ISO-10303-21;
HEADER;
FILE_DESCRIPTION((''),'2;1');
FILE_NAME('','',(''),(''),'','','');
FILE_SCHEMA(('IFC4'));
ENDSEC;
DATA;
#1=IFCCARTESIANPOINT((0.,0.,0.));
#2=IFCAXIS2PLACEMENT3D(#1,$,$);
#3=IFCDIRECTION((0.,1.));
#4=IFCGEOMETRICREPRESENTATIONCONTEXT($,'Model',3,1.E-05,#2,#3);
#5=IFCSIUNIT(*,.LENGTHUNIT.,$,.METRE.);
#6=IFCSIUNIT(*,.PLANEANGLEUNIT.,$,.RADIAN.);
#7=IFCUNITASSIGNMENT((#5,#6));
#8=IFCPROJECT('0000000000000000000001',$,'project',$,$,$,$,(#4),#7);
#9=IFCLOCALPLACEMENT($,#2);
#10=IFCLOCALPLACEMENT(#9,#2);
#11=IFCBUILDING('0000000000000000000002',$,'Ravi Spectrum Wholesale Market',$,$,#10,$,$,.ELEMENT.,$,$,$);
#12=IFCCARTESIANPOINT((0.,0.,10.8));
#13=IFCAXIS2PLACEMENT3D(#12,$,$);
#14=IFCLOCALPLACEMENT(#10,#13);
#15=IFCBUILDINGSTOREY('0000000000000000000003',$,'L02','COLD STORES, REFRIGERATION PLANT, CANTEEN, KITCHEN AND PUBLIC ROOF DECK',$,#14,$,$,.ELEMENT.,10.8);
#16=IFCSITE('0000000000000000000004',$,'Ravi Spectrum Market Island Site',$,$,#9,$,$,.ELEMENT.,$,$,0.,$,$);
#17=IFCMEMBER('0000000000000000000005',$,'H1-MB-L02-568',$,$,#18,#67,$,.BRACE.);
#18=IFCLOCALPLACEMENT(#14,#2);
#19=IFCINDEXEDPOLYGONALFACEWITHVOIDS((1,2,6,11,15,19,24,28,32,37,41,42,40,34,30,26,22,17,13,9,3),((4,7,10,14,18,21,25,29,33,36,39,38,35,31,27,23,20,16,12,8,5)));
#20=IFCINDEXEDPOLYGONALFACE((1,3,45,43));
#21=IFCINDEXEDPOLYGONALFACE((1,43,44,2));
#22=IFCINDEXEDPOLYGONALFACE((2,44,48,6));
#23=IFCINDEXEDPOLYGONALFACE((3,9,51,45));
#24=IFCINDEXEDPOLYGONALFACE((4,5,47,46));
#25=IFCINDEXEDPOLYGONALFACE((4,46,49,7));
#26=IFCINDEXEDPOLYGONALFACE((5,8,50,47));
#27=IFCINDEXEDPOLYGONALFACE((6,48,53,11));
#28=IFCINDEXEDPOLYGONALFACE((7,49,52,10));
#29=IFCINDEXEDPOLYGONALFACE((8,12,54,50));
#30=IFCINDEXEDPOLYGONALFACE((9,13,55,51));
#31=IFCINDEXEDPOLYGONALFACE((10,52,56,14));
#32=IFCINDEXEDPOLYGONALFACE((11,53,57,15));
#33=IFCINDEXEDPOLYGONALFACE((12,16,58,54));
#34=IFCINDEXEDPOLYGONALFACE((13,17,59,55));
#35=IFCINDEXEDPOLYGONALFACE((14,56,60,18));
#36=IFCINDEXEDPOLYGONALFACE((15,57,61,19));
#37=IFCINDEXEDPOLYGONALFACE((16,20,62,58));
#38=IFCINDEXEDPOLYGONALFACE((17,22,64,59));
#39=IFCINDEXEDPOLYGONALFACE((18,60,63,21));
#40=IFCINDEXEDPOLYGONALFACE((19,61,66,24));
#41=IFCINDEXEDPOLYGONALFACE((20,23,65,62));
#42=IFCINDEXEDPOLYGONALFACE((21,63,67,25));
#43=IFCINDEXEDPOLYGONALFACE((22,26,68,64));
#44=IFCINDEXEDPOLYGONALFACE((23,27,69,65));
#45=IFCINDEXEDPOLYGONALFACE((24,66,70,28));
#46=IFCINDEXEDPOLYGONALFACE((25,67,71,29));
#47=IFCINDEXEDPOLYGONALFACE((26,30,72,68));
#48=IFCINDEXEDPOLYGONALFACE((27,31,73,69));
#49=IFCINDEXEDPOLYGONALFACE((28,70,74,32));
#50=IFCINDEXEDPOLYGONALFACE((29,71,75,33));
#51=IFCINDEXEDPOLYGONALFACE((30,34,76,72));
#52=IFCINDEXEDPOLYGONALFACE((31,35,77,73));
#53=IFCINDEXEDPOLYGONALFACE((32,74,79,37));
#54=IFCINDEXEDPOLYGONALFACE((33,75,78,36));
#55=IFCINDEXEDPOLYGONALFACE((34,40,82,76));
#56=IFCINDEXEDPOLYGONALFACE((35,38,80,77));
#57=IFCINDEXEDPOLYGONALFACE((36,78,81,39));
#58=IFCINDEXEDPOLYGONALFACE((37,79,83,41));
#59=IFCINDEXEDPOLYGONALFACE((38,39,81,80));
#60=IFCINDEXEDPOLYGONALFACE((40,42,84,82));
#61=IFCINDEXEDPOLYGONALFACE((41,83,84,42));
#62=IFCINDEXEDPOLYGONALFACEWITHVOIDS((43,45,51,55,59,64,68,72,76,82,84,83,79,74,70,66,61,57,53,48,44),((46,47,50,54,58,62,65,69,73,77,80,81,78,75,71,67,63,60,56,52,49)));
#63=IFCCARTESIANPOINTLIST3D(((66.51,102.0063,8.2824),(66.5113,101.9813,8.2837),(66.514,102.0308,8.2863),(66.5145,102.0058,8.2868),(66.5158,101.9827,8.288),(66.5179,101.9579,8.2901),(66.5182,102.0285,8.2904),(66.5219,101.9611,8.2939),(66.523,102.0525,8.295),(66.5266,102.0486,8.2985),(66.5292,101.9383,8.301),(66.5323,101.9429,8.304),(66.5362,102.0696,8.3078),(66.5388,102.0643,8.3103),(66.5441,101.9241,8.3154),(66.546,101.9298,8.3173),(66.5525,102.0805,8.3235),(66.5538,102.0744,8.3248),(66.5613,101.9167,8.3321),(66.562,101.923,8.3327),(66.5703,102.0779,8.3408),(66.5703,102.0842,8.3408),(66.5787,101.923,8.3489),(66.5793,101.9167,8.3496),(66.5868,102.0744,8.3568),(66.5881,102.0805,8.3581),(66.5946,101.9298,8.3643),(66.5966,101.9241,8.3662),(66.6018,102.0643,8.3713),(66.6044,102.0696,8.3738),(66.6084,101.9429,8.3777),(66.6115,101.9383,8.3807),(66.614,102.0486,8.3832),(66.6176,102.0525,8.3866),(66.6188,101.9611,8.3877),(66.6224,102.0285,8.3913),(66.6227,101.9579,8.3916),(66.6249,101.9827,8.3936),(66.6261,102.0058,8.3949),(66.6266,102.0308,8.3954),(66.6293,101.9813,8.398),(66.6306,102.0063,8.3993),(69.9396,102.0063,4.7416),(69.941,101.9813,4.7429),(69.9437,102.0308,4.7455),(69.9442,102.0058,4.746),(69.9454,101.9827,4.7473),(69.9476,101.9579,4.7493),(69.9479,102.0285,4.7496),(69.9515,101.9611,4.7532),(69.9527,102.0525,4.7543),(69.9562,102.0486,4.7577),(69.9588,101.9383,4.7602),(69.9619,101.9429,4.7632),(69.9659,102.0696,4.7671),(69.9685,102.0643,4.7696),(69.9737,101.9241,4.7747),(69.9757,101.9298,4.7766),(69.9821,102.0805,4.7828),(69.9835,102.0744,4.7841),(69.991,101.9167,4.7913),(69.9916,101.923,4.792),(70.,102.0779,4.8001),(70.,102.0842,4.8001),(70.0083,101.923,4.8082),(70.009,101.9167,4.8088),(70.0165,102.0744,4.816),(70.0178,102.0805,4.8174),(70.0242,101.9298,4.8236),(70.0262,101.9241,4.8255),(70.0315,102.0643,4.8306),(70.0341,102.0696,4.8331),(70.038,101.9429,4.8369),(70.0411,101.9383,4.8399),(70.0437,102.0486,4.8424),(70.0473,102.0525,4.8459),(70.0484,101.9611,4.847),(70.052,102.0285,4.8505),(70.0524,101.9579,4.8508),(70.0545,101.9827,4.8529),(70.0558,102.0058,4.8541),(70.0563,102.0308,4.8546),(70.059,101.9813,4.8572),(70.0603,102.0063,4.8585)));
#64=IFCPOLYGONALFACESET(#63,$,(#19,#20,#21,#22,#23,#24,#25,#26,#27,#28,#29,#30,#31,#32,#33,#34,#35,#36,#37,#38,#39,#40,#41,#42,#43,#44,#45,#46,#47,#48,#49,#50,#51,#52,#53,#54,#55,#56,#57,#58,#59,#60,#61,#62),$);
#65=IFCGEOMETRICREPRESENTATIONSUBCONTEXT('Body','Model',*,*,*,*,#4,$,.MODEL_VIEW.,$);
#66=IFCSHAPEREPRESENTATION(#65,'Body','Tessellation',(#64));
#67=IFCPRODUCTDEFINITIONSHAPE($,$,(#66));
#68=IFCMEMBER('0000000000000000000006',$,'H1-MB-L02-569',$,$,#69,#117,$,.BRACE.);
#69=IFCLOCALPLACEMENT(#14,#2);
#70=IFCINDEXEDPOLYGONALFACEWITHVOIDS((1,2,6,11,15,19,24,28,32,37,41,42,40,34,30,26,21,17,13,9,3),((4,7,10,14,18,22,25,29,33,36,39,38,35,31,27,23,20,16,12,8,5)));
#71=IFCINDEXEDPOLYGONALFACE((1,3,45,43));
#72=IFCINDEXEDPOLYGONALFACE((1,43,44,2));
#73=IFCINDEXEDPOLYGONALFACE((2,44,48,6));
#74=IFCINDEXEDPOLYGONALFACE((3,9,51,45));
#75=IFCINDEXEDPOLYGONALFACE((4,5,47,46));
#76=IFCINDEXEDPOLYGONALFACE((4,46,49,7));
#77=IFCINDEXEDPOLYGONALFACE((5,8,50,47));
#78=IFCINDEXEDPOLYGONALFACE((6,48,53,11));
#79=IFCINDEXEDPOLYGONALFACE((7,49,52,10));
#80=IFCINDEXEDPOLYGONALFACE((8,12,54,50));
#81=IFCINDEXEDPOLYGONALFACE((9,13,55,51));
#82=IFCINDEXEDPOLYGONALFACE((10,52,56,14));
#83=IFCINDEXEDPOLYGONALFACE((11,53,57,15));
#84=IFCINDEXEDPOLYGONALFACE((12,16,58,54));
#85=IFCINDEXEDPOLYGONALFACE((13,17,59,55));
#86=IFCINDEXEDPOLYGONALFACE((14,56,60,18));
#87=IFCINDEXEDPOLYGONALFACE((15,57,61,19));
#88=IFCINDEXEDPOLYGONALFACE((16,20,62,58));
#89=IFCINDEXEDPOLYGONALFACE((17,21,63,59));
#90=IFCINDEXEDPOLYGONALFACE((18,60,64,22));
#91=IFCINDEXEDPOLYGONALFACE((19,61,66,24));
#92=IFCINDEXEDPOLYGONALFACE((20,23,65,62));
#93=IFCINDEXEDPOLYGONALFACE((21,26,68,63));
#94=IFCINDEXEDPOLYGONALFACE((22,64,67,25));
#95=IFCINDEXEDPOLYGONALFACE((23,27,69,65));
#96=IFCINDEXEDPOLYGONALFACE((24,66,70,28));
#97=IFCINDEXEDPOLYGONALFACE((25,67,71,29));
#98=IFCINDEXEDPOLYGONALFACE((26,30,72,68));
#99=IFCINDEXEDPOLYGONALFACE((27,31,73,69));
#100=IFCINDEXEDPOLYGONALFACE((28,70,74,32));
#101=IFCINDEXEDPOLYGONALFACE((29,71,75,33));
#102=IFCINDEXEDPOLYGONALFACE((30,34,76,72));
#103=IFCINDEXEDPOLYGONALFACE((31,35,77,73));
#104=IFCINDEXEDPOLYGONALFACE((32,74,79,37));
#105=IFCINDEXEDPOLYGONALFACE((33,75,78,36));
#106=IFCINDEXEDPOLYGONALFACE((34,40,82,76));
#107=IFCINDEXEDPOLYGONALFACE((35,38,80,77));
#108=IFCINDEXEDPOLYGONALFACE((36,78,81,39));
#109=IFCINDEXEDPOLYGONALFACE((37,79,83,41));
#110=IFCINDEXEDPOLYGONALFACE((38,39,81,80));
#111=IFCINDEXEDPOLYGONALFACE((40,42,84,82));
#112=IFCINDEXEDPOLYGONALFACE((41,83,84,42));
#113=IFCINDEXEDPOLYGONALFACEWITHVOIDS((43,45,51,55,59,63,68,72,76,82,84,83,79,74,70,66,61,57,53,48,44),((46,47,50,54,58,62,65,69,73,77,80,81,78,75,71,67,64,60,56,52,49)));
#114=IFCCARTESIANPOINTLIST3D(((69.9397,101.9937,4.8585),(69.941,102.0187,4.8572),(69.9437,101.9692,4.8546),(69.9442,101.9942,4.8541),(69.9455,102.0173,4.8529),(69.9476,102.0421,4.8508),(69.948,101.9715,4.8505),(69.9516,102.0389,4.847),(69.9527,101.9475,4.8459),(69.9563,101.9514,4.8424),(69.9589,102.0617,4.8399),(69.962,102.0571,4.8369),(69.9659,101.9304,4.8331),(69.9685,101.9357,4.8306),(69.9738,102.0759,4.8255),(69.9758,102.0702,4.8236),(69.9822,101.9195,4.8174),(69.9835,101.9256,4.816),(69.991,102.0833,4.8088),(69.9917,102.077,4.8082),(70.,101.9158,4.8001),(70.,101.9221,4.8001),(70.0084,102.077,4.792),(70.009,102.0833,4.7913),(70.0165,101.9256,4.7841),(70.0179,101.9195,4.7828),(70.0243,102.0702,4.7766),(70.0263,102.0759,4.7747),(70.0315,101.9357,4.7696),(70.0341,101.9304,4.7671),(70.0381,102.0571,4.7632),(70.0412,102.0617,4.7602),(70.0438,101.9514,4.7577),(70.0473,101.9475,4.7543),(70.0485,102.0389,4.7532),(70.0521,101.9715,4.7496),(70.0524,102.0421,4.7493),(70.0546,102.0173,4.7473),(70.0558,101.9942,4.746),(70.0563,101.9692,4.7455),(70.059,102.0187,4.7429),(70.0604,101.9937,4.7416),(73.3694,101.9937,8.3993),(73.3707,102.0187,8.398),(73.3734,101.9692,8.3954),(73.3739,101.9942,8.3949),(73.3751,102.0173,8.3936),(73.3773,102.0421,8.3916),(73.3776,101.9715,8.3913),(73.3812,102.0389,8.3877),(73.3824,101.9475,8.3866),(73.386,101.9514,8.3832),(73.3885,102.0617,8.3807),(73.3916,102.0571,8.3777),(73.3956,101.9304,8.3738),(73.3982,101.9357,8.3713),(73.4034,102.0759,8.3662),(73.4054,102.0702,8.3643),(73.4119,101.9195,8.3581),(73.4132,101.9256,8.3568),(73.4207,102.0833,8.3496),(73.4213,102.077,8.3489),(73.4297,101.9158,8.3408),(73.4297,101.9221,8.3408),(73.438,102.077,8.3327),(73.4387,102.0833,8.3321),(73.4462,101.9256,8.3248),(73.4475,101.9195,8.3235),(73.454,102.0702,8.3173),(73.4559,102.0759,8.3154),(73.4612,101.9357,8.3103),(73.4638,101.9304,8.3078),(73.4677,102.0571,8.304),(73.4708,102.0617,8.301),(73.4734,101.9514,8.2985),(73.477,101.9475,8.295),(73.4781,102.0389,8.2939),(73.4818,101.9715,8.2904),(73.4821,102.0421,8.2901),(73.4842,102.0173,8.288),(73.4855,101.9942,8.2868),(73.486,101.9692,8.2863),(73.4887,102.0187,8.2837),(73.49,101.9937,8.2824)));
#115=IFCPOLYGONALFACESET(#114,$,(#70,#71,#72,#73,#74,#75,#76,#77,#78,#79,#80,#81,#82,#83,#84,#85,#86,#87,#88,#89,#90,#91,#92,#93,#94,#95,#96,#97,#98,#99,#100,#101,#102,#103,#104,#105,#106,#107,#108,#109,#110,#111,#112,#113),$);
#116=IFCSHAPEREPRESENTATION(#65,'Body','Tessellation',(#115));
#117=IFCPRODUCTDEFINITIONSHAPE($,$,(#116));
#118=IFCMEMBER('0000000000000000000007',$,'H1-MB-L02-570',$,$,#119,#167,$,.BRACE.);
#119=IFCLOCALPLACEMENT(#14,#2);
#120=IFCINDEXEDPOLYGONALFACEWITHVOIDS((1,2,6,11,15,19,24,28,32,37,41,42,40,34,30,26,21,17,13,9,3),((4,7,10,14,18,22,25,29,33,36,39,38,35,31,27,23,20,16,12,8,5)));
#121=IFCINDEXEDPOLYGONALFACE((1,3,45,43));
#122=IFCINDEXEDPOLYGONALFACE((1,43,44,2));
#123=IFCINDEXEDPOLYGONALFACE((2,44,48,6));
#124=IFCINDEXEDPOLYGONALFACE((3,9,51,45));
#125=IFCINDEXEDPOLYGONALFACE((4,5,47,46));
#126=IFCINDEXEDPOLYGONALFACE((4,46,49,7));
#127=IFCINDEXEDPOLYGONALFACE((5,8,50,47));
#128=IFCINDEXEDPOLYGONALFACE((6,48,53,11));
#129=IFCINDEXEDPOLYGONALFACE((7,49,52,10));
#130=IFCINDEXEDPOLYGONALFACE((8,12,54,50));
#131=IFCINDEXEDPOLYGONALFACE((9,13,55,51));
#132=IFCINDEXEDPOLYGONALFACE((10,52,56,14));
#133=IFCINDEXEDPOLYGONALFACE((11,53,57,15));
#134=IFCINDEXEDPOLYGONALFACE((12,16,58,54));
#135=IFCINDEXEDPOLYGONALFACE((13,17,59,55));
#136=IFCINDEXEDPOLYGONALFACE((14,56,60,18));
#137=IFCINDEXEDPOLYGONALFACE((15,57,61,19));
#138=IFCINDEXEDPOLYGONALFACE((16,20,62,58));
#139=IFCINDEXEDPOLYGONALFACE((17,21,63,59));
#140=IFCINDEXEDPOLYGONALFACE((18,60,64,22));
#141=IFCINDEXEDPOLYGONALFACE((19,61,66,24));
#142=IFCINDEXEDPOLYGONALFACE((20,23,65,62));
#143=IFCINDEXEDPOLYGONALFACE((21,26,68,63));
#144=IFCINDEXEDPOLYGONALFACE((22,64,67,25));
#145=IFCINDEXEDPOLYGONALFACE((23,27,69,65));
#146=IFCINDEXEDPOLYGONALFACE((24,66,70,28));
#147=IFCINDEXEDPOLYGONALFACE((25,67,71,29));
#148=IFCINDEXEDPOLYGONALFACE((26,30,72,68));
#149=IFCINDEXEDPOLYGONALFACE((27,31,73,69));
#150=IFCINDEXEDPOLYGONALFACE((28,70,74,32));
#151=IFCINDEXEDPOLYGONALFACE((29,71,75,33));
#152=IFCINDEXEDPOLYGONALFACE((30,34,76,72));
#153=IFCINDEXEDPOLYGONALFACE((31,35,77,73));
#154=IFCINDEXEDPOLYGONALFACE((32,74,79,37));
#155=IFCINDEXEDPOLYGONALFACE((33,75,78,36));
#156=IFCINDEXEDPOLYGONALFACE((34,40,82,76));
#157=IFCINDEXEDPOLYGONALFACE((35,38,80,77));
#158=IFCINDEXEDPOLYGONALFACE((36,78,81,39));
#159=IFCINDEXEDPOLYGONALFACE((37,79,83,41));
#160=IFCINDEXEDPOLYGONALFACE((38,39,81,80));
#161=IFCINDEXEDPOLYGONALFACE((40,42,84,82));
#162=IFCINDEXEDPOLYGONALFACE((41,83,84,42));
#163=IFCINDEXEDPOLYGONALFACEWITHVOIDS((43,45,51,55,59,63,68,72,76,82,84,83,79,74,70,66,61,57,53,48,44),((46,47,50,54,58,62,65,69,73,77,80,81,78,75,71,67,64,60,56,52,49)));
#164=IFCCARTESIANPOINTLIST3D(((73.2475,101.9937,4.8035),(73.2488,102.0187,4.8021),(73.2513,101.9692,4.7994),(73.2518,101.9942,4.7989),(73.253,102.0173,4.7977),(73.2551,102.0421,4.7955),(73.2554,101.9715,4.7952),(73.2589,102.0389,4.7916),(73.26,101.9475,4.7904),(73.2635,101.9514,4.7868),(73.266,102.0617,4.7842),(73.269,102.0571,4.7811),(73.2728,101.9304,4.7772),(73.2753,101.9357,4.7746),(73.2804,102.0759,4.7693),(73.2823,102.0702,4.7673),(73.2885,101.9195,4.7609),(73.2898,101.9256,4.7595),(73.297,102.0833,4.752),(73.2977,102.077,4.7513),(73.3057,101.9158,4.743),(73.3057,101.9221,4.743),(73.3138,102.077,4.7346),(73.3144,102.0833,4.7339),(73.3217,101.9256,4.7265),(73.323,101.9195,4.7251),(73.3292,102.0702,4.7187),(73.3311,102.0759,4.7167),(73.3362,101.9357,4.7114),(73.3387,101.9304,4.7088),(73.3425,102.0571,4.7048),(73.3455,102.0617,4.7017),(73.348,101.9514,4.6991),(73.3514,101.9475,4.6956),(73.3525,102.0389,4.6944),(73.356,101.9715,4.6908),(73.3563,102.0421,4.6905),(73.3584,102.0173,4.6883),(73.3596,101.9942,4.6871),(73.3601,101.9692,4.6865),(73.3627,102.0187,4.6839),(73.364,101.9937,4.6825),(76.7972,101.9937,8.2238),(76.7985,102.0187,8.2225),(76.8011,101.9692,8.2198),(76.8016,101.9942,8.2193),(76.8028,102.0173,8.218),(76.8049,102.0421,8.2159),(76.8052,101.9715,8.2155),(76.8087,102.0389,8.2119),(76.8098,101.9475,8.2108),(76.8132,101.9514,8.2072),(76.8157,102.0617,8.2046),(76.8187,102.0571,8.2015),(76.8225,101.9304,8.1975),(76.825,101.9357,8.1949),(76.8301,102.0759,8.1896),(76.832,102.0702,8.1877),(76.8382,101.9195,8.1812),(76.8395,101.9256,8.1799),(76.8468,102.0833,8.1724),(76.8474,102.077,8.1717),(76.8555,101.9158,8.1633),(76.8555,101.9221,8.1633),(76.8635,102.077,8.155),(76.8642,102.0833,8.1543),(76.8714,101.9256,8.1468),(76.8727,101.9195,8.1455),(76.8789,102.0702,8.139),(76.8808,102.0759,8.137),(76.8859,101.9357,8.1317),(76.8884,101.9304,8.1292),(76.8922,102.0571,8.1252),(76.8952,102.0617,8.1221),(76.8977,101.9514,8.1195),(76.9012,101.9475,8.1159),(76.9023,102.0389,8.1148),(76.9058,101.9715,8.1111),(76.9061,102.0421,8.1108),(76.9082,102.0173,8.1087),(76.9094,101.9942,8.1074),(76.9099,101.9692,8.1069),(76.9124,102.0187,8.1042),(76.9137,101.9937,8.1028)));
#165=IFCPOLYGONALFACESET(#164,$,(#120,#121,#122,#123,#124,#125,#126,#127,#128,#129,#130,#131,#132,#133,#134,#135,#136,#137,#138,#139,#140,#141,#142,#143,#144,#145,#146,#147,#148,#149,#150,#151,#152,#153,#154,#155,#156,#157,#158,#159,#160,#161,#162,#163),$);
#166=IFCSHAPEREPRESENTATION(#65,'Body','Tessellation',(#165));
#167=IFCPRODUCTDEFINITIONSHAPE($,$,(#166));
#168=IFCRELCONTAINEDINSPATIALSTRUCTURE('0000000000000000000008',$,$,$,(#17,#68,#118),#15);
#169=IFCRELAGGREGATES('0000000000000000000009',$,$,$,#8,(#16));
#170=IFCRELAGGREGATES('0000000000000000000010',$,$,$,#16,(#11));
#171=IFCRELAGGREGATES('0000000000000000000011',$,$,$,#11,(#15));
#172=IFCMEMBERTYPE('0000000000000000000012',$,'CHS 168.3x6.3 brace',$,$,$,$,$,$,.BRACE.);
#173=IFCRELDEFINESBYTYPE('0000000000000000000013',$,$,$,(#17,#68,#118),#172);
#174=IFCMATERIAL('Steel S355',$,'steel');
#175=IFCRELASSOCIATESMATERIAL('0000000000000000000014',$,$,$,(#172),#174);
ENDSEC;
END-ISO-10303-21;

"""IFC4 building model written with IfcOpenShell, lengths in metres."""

from ifc_helpers import new_model, si_unit, direction, frame, origin, origin_2d, place, context, subcontext, project, spatial, hollow_circle, extrude, material, material_profile, profile_set, type_object, element, save


model = new_model("IFC4")

# Units and contexts
model_context = context("Model", 3, precision=1e-05, world=origin(), true_north=direction((0.0, 1.0)))
body_context = subcontext(model_context, "Body", "Model", "MODEL_VIEW")
ifc_project = project(units=[si_unit("LENGTHUNIT", "METRE"), si_unit("PLANEANGLEUNIT", "RADIAN")], contexts=[model_context])

# Site, building, storey
site_placement = place(None, origin())
site = spatial("IfcSite", under=ifc_project, at=site_placement, Name="Ravi Spectrum Market Island Site", CompositionType="ELEMENT", RefElevation=0.0)
building_placement = place(site_placement, origin())
building = spatial("IfcBuilding", under=site, at=building_placement, Name="Ravi Spectrum Wholesale Market", CompositionType="ELEMENT")
storey_placement = place(building_placement, frame((0.0, 0.0, 10.8)))
storey = spatial("IfcBuildingStorey", under=building, at=storey_placement, Name="L02", Description="COLD STORES, REFRIGERATION PLANT, CANTEEN, KITCHEN AND PUBLIC ROOF DECK", CompositionType="ELEMENT", Elevation=10.8)

# Members
ifc_material_1 = material(Name="Steel S355", Category="steel")
ifc_material_profile_1 = material_profile(ifc_material_1, hollow_circle(Radius=0.0842, WallThickness=0.0063, at=origin_2d()))
ifc_profile_set_1 = profile_set([ifc_material_profile_1], Name="Steel S355")
member_type_1 = type_object("IfcMemberType", Name="CHS 168.3x6.3 brace", PredefinedType="BRACE", material=ifc_profile_set_1)
for number, where, z_axis, x_axis, name in (
    (1, (66.5703, 102.0, 8.3408), (0.69575, 0.0, -0.718284), (0.0, 1.0, 0.0), "H1-MB-L02-568"),
    (2, (73.4297, 102.0, 8.3408), (-0.69575, 0.0, -0.718284), (0.0, -1.0, 0.0), "H1-MB-L02-569"),
    (3, (76.8555, 102.0, 8.1633), (-0.720109, 0.0, -0.693861), (0.0, -1.0, 0.0), "H1-MB-L02-570"),
):
    element("IfcMember", number, at=place(storey_placement, frame(where, z_axis=z_axis, x_axis=x_axis)), inside=storey, type_object=member_type_1, Name=name, PredefinedType="BRACE", context=body_context, shape_type="SweptSolid", body=[
        extrude(hollow_circle(Radius=0.0842, WallThickness=0.0063, at=origin_2d()), origin(), (0.0, 0.0, 1.0), 4.9294),
    ])

save(model, "model.ifc")
